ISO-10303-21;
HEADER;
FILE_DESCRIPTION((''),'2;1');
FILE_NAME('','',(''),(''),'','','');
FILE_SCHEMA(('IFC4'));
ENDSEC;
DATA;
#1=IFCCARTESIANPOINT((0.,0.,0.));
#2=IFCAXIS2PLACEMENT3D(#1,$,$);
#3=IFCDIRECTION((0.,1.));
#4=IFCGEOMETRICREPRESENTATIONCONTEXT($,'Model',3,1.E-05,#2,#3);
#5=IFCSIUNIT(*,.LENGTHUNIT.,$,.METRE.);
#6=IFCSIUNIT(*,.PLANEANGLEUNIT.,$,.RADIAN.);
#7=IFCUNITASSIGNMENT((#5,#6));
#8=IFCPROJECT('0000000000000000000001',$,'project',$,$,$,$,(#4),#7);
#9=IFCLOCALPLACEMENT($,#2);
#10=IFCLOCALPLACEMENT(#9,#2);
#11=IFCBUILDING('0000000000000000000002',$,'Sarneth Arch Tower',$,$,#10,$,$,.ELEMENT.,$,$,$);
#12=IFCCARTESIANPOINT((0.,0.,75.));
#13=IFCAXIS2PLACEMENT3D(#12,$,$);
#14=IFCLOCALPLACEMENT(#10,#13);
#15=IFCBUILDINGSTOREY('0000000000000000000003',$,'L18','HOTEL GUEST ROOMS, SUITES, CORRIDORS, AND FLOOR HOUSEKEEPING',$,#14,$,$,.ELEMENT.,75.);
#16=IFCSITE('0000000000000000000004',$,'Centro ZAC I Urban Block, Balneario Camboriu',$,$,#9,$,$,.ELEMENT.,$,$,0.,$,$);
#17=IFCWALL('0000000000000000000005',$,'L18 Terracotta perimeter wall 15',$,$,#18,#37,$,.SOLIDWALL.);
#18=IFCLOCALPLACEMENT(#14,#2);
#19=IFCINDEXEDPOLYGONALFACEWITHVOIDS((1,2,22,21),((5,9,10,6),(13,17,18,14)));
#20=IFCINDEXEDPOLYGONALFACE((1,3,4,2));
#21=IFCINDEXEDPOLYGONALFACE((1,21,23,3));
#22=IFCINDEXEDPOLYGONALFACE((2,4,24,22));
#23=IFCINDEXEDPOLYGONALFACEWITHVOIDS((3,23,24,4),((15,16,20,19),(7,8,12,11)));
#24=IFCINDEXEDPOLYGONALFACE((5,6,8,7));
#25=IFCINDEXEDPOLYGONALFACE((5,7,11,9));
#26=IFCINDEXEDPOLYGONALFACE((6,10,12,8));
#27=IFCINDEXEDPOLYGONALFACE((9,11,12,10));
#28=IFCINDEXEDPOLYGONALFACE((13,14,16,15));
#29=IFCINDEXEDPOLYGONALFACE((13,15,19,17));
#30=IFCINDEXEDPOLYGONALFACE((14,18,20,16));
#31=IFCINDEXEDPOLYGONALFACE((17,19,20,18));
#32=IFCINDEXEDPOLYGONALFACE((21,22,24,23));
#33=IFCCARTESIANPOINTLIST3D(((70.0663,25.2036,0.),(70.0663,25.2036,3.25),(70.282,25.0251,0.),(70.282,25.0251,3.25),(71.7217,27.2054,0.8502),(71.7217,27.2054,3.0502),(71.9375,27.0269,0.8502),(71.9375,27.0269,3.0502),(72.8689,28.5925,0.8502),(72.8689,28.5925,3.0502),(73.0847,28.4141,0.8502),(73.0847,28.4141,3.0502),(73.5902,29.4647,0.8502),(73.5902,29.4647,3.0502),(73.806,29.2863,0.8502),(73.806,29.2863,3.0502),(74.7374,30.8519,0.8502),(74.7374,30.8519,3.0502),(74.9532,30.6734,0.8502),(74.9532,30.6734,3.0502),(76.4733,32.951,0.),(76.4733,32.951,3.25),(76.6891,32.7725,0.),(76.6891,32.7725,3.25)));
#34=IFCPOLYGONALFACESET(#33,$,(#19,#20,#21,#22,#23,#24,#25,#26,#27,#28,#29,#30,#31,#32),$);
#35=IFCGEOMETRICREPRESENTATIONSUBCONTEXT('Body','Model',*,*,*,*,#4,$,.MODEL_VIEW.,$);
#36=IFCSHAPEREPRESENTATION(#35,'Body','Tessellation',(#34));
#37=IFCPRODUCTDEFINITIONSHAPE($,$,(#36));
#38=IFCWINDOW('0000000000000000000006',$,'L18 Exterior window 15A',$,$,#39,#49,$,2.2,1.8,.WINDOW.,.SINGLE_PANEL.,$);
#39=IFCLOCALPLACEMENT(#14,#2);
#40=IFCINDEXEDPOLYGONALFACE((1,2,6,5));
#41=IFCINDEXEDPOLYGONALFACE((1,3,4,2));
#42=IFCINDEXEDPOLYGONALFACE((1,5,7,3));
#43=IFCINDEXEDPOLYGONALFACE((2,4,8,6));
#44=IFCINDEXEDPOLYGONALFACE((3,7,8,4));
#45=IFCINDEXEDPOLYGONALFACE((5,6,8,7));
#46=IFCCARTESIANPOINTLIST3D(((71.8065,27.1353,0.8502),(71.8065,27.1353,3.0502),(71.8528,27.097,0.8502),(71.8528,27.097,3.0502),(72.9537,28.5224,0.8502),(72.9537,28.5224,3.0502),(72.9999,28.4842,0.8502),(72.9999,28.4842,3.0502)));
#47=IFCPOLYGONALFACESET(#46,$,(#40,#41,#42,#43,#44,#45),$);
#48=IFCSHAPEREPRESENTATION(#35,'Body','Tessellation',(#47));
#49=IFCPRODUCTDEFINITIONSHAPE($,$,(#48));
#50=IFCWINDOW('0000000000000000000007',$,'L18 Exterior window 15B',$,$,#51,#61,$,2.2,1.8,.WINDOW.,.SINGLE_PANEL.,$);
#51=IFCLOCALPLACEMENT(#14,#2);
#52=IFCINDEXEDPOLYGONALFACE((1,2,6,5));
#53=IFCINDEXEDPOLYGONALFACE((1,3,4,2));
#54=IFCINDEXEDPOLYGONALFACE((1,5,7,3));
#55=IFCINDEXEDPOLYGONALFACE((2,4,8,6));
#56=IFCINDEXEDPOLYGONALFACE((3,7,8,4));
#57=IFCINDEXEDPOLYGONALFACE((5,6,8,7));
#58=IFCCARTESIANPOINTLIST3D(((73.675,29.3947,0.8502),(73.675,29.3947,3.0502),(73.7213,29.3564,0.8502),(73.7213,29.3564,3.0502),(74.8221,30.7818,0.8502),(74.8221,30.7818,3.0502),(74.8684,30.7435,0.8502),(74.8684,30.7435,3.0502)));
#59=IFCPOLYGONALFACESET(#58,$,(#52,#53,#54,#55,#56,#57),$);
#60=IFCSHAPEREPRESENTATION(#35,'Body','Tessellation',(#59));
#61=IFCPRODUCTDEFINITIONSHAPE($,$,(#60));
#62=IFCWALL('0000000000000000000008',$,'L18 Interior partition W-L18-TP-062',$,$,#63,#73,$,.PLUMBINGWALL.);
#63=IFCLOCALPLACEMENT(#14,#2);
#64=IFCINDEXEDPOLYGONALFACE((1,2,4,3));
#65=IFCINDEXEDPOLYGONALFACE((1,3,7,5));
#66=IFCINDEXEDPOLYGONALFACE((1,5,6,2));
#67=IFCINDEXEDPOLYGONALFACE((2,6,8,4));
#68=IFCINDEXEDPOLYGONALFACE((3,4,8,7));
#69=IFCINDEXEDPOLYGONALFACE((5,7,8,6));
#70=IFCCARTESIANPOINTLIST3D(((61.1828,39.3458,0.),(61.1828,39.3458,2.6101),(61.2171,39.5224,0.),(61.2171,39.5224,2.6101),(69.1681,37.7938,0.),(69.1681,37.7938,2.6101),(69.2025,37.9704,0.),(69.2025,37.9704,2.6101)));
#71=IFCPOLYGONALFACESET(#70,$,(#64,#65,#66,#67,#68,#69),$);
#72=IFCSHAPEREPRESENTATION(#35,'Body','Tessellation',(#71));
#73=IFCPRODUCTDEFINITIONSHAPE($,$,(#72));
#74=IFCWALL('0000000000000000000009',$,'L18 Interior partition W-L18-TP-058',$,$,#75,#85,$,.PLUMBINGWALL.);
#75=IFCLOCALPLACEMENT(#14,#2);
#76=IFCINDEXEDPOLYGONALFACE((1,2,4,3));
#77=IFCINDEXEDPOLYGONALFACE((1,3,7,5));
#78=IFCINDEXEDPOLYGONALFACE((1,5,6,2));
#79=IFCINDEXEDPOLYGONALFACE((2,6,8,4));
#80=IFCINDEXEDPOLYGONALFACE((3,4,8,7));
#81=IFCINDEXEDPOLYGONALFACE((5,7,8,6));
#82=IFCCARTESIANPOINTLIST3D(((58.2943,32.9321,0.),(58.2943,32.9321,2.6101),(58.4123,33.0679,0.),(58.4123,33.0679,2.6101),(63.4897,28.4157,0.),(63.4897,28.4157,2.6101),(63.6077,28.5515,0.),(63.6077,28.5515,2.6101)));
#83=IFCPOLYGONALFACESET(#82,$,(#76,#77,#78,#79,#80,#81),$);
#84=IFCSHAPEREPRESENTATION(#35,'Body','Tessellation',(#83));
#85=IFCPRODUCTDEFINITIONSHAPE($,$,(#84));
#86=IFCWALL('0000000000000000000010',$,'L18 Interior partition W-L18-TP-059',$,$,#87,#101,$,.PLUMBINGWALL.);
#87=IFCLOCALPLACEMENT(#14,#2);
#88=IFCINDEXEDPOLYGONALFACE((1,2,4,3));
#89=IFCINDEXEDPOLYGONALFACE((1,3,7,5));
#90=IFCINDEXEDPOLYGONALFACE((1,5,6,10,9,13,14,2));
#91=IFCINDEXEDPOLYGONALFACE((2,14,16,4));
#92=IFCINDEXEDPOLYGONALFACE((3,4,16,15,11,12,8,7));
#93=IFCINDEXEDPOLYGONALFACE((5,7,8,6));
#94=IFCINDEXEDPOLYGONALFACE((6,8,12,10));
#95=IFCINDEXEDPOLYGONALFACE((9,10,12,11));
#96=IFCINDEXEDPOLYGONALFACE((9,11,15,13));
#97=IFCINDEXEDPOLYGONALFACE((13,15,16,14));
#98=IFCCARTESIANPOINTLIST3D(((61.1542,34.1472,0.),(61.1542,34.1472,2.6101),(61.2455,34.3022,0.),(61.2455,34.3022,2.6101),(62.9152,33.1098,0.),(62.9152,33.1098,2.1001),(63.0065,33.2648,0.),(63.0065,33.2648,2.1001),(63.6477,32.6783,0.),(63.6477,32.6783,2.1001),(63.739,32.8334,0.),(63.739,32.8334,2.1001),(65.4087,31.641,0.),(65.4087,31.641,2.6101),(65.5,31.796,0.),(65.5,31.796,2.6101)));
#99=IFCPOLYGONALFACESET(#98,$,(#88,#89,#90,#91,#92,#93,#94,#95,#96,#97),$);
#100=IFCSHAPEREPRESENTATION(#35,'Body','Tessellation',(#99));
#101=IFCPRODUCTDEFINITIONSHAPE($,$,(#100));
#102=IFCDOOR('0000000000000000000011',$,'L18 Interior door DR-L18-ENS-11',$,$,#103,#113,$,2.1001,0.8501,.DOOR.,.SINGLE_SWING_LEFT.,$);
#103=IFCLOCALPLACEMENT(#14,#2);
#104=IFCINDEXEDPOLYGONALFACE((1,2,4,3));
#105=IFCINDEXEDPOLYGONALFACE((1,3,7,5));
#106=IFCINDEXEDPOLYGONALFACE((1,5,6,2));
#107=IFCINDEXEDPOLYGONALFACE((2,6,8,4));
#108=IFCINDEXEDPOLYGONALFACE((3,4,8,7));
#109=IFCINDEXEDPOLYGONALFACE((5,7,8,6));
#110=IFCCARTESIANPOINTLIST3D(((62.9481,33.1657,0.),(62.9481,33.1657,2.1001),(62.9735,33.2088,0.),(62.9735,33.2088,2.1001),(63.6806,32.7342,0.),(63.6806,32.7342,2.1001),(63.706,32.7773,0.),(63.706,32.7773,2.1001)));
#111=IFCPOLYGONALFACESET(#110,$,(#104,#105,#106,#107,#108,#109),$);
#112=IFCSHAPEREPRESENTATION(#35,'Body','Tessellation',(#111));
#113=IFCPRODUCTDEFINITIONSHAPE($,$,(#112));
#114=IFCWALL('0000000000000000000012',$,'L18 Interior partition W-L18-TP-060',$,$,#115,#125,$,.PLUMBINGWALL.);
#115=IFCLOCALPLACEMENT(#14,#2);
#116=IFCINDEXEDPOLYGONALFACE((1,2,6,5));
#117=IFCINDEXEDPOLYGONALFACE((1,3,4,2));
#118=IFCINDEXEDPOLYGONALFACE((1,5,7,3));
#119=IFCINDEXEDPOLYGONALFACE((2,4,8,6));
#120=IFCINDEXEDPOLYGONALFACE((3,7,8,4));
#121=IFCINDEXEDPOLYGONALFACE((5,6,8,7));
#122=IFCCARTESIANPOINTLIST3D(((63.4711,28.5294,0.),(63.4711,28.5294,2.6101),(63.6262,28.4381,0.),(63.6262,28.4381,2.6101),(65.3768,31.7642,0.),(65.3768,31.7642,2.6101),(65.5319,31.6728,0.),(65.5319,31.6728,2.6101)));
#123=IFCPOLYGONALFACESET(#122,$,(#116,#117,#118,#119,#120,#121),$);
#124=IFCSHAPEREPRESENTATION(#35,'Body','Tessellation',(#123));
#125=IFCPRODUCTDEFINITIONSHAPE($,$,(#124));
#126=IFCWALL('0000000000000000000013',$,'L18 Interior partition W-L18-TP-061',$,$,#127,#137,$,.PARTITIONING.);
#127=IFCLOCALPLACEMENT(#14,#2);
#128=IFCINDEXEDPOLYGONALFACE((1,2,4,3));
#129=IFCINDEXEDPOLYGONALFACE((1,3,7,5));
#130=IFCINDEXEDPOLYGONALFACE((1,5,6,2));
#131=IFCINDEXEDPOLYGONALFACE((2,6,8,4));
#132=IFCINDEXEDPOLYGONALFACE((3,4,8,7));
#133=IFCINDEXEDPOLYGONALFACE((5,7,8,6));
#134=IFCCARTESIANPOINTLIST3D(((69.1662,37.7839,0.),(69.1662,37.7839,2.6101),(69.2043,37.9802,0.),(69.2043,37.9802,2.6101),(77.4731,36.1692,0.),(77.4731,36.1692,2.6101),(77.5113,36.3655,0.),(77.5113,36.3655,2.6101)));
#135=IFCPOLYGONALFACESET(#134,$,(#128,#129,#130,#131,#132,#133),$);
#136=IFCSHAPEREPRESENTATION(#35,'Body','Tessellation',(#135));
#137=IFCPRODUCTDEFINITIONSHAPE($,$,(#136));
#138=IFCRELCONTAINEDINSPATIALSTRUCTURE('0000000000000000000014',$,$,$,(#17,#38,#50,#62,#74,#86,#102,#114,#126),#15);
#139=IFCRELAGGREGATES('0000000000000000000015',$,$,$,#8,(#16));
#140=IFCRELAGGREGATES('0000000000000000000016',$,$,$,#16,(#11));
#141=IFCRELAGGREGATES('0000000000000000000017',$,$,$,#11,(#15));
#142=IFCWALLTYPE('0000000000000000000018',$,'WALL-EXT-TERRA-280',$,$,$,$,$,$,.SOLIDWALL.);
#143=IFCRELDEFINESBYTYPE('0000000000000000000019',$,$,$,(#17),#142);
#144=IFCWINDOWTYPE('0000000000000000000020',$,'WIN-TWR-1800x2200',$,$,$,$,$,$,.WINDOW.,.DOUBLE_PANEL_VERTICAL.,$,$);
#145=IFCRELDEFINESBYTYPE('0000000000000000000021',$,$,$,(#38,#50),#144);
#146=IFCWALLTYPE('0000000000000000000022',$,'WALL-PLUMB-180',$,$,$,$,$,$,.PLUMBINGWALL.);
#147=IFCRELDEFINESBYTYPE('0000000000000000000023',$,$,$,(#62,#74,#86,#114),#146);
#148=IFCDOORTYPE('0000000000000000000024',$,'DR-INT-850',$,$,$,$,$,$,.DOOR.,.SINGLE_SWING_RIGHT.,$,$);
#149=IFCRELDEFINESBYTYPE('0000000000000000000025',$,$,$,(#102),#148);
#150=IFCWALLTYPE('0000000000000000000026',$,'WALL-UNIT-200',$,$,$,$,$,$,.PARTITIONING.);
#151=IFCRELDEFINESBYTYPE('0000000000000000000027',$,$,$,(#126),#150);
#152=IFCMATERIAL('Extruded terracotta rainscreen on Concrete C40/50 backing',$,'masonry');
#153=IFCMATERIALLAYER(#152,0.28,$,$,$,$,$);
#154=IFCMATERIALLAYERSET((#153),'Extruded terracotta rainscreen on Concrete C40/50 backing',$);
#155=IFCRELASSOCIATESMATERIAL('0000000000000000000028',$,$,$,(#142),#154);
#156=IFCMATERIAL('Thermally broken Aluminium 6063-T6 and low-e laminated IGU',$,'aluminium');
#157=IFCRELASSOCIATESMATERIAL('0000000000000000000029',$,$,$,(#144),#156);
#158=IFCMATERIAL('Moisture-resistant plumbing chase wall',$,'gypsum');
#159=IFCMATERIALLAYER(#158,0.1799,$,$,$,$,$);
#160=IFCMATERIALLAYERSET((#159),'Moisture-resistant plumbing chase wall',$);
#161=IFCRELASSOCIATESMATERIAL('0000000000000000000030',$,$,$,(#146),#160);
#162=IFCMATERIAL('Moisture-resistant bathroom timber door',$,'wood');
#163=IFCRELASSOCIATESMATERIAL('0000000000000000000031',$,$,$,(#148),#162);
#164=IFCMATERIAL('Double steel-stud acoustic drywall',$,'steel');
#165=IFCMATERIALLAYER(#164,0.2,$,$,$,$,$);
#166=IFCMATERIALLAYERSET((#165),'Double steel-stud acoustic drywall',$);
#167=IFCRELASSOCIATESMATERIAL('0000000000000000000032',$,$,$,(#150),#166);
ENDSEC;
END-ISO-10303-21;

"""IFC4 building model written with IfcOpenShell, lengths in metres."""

from ifc_helpers import new_model, si_unit, direction, frame, frame_2d, origin, place, context, subcontext, project, spatial, rectangle, extrude, material, layer, layer_set, type_object, element, fill, save


model = new_model("IFC4")

# Units and contexts
model_context = context("Model", 3, precision=1e-05, world=origin(), true_north=direction((0.0, 1.0)))
body_context = subcontext(model_context, "Body", "Model", "MODEL_VIEW")
ifc_project = project(units=[si_unit("LENGTHUNIT", "METRE"), si_unit("PLANEANGLEUNIT", "RADIAN")], contexts=[model_context])

# Site, building, storey
site_placement = place(None, origin())
site = spatial("IfcSite", under=ifc_project, at=site_placement, Name="Centro ZAC I Urban Block, Balneario Camboriu", CompositionType="ELEMENT", RefElevation=0.0)
building_placement = place(site_placement, origin())
building = spatial("IfcBuilding", under=site, at=building_placement, Name="Sarneth Arch Tower", CompositionType="ELEMENT")
storey_placement = place(building_placement, frame((0.0, 0.0, 75.0)))
storey = spatial("IfcBuildingStorey", under=building, at=storey_placement, Name="L18", Description="HOTEL GUEST ROOMS, SUITES, CORRIDORS, AND FLOOR HOUSEKEEPING", CompositionType="ELEMENT", Elevation=75.0)

# Wall, openings, windows
ifc_material_1 = material(Name="Extruded terracotta rainscreen on Concrete C40/50 backing", Category="masonry")
ifc_layer_1 = layer(ifc_material_1, 0.28)
ifc_layer_set_1 = layer_set([ifc_layer_1], Name="Extruded terracotta rainscreen on Concrete C40/50 backing")
wall_type_1 = type_object("IfcWallType", Name="WALL-EXT-TERRA-280", PredefinedType="SOLIDWALL", material=ifc_layer_set_1)
wall_1_placement = place(storey_placement, frame((70.1741, 25.1143, 0.0), z_axis=(0.0, 0.0, 1.0), x_axis=(0.637297, 0.770618, 0.0)))
wall_1 = element("IfcWall", 1, at=wall_1_placement, inside=storey, type_object=wall_type_1, Name="L18 Terracotta perimeter wall 15", PredefinedType="SOLIDWALL", context=body_context, shape_type="SweptSolid", body=[
    extrude(rectangle(XDim=10.0535, YDim=0.28, at=frame_2d((5.0269, 0.0))), origin(), (0.0, 0.0, 1.0), 3.25),
])
opening_1_placement = place(wall_1_placement, frame((2.5979, 0.0, 0.8501)))
opening_1 = element("IfcOpeningElement", 2, at=opening_1_placement, cuts=wall_1, PredefinedType="OPENING", context=body_context, shape_type="SweptSolid", body=[
    extrude(rectangle(XDim=1.8, YDim=2.2, at=frame_2d((0.8999, 1.1001))), frame((0.0, 0.1499, 0.0), z_axis=(0.0, -1.0, 0.0), x_axis=(1.0, 0.0, 0.0)), (0.0, 0.0, 1.0), 0.3),
])
opening_2_placement = place(wall_1_placement, frame((5.5298, 0.0, 0.8501)))
opening_2 = element("IfcOpeningElement", 3, at=opening_2_placement, cuts=wall_1, PredefinedType="OPENING", context=body_context, shape_type="SweptSolid", body=[
    extrude(rectangle(XDim=1.8, YDim=2.2, at=frame_2d((0.8999, 1.1001))), frame((0.0, 0.1499, 0.0), z_axis=(0.0, -1.0, 0.0), x_axis=(1.0, 0.0, 0.0)), (0.0, 0.0, 1.0), 0.3),
])
ifc_material_2 = material(Name="Thermally broken Aluminium 6063-T6 and low-e laminated IGU", Category="aluminium")
window_type = type_object("IfcWindowType", Name="WIN-TWR-1800x2200", PartitioningType="DOUBLE_PANEL_VERTICAL", PredefinedType="WINDOW", material=ifc_material_2)
window_1_placement = place(opening_1_placement, origin())
window_1 = element("IfcWindow", 4, at=window_1_placement, inside=storey, type_object=window_type, Name="L18 Exterior window 15A", OverallHeight=2.2, OverallWidth=1.8, PartitioningType="SINGLE_PANEL", PredefinedType="WINDOW", context=body_context, shape_type="SweptSolid", body=[
    extrude(rectangle(XDim=1.8, YDim=2.2, at=frame_2d((0.8999, 1.1001))), frame((0.0, 0.03, 0.0), z_axis=(0.0, -1.0, 0.0), x_axis=(1.0, 0.0, 0.0)), (0.0, 0.0, 1.0), 0.0601),
])
fill(opening_1, window_1)
window_2_placement = place(opening_2_placement, origin())
window_2 = element("IfcWindow", 5, at=window_2_placement, inside=storey, type_object=window_type, Name="L18 Exterior window 15B", OverallHeight=2.2, OverallWidth=1.8, PartitioningType="SINGLE_PANEL", PredefinedType="WINDOW", context=body_context, shape_type="SweptSolid", body=[
    extrude(rectangle(XDim=1.8, YDim=2.2, at=frame_2d((0.8999, 1.1001))), frame((0.0, 0.03, 0.0), z_axis=(0.0, -1.0, 0.0), x_axis=(1.0, 0.0, 0.0)), (0.0, 0.0, 1.0), 0.0601),
])
fill(opening_2, window_2)

# Walls
ifc_material_3 = material(Name="Moisture-resistant plumbing chase wall", Category="gypsum")
ifc_layer_2 = layer(ifc_material_3, 0.1799)
ifc_layer_set_2 = layer_set([ifc_layer_2], Name="Moisture-resistant plumbing chase wall")
wall_type_2 = type_object("IfcWallType", Name="WALL-PLUMB-180", PredefinedType="PLUMBINGWALL", material=ifc_layer_set_2)
wall_2_placement = place(storey_placement, frame((69.1853, 37.8821, 0.0), z_axis=(0.0, 0.0, 1.0), x_axis=(-0.981632, 0.190786, 0.0)))
element("IfcWall", 6, at=wall_2_placement, inside=storey, type_object=wall_type_2, Name="L18 Interior partition W-L18-TP-062", PredefinedType="PLUMBINGWALL", context=body_context, shape_type="SweptSolid", body=[
    extrude(rectangle(XDim=8.1348, YDim=0.1799, at=frame_2d((4.0674, 0.0))), origin(), (0.0, 0.0, 1.0), 2.6101),
])
wall_3_placement = place(storey_placement, frame((63.5486, 28.4836, 0.0), z_axis=(0.0, 0.0, 1.0), x_axis=(-0.754699, 0.656071, 0.0)))
element("IfcWall", 7, at=wall_3_placement, inside=storey, type_object=wall_type_2, Name="L18 Interior partition W-L18-TP-058", PredefinedType="PLUMBINGWALL", context=body_context, shape_type="SweptSolid", body=[
    extrude(rectangle(XDim=6.884, YDim=0.1799, at=frame_2d((3.4419, 0.0))), origin(), (0.0, 0.0, 1.0), 2.6101),
])

# Wall, opening, door
wall_4_placement = place(storey_placement, frame((61.2, 34.2246, 0.0), z_axis=(0.0, 0.0, 1.0), x_axis=(0.861623, -0.507549, 0.0)))
wall_4 = element("IfcWall", 8, at=wall_4_placement, inside=storey, type_object=wall_type_2, Name="L18 Interior partition W-L18-TP-059", PredefinedType="PLUMBINGWALL", context=body_context, shape_type="SweptSolid", body=[
    extrude(rectangle(XDim=4.9377, YDim=0.1799, at=frame_2d((2.4688, 0.0))), origin(), (0.0, 0.0, 1.0), 2.6101),
])
opening_3_placement = place(wall_4_placement, frame((2.0437, 0.0, 0.0)))
opening_3 = element("IfcOpeningElement", 9, at=opening_3_placement, cuts=wall_4, PredefinedType="OPENING", context=body_context, shape_type="SweptSolid", body=[
    extrude(rectangle(XDim=0.8501, YDim=2.1001, at=frame_2d((0.425, 1.05))), frame((0.0, 0.0999, 0.0), z_axis=(0.0, -1.0, 0.0), x_axis=(1.0, 0.0, 0.0)), (0.0, 0.0, 1.0), 0.2),
])
ifc_material_4 = material(Name="Moisture-resistant bathroom timber door", Category="wood")
door_type_1 = type_object("IfcDoorType", Name="DR-INT-850", OperationType="SINGLE_SWING_RIGHT", PredefinedType="DOOR", material=ifc_material_4)
door_1_placement = place(opening_3_placement, origin())
door_1 = element("IfcDoor", 10, at=door_1_placement, inside=storey, type_object=door_type_1, Name="L18 Interior door DR-L18-ENS-11", OperationType="SINGLE_SWING_LEFT", OverallHeight=2.1001, OverallWidth=0.8501, PredefinedType="DOOR", context=body_context, shape_type="SweptSolid", body=[
    extrude(rectangle(XDim=0.8501, YDim=2.1001, at=frame_2d((0.425, 1.05))), frame((0.0, 0.0249, 0.0), z_axis=(0.0, -1.0, 0.0), x_axis=(1.0, 0.0, 0.0)), (0.0, 0.0, 1.0), 0.05),
])
fill(opening_3, door_1)

# Walls
wall_5_placement = place(storey_placement, frame((65.4543, 31.7185, 0.0), z_axis=(0.0, 0.0, 1.0), x_axis=(-0.507594, -0.861596, 0.0)))
element("IfcWall", 11, at=wall_5_placement, inside=storey, type_object=wall_type_2, Name="L18 Interior partition W-L18-TP-060", PredefinedType="PLUMBINGWALL", context=body_context, shape_type="SweptSolid", body=[
    extrude(rectangle(XDim=3.7544, YDim=0.1799, at=frame_2d((1.8772, 0.0))), origin(), (0.0, 0.0, 1.0), 2.6101),
])
ifc_material_5 = material(Name="Double steel-stud acoustic drywall", Category="steel")
ifc_layer_3 = layer(ifc_material_5, 0.2)
ifc_layer_set_3 = layer_set([ifc_layer_3], Name="Double steel-stud acoustic drywall")
wall_type_3 = type_object("IfcWallType", Name="WALL-UNIT-200", PredefinedType="PARTITIONING", material=ifc_layer_set_3)
wall_6_placement = place(storey_placement, frame((77.4922, 36.2673, 0.0), z_axis=(0.0, 0.0, 1.0), x_axis=(-0.981626, 0.190815, 0.0)))
element("IfcWall", 12, at=wall_6_placement, inside=storey, type_object=wall_type_3, Name="L18 Interior partition W-L18-TP-061", PredefinedType="PARTITIONING", context=body_context, shape_type="SweptSolid", body=[
    extrude(rectangle(XDim=8.4624, YDim=0.2, at=frame_2d((4.2312, 0.0))), origin(), (0.0, 0.0, 1.0), 2.6101),
])

save(model, "model.ifc")
